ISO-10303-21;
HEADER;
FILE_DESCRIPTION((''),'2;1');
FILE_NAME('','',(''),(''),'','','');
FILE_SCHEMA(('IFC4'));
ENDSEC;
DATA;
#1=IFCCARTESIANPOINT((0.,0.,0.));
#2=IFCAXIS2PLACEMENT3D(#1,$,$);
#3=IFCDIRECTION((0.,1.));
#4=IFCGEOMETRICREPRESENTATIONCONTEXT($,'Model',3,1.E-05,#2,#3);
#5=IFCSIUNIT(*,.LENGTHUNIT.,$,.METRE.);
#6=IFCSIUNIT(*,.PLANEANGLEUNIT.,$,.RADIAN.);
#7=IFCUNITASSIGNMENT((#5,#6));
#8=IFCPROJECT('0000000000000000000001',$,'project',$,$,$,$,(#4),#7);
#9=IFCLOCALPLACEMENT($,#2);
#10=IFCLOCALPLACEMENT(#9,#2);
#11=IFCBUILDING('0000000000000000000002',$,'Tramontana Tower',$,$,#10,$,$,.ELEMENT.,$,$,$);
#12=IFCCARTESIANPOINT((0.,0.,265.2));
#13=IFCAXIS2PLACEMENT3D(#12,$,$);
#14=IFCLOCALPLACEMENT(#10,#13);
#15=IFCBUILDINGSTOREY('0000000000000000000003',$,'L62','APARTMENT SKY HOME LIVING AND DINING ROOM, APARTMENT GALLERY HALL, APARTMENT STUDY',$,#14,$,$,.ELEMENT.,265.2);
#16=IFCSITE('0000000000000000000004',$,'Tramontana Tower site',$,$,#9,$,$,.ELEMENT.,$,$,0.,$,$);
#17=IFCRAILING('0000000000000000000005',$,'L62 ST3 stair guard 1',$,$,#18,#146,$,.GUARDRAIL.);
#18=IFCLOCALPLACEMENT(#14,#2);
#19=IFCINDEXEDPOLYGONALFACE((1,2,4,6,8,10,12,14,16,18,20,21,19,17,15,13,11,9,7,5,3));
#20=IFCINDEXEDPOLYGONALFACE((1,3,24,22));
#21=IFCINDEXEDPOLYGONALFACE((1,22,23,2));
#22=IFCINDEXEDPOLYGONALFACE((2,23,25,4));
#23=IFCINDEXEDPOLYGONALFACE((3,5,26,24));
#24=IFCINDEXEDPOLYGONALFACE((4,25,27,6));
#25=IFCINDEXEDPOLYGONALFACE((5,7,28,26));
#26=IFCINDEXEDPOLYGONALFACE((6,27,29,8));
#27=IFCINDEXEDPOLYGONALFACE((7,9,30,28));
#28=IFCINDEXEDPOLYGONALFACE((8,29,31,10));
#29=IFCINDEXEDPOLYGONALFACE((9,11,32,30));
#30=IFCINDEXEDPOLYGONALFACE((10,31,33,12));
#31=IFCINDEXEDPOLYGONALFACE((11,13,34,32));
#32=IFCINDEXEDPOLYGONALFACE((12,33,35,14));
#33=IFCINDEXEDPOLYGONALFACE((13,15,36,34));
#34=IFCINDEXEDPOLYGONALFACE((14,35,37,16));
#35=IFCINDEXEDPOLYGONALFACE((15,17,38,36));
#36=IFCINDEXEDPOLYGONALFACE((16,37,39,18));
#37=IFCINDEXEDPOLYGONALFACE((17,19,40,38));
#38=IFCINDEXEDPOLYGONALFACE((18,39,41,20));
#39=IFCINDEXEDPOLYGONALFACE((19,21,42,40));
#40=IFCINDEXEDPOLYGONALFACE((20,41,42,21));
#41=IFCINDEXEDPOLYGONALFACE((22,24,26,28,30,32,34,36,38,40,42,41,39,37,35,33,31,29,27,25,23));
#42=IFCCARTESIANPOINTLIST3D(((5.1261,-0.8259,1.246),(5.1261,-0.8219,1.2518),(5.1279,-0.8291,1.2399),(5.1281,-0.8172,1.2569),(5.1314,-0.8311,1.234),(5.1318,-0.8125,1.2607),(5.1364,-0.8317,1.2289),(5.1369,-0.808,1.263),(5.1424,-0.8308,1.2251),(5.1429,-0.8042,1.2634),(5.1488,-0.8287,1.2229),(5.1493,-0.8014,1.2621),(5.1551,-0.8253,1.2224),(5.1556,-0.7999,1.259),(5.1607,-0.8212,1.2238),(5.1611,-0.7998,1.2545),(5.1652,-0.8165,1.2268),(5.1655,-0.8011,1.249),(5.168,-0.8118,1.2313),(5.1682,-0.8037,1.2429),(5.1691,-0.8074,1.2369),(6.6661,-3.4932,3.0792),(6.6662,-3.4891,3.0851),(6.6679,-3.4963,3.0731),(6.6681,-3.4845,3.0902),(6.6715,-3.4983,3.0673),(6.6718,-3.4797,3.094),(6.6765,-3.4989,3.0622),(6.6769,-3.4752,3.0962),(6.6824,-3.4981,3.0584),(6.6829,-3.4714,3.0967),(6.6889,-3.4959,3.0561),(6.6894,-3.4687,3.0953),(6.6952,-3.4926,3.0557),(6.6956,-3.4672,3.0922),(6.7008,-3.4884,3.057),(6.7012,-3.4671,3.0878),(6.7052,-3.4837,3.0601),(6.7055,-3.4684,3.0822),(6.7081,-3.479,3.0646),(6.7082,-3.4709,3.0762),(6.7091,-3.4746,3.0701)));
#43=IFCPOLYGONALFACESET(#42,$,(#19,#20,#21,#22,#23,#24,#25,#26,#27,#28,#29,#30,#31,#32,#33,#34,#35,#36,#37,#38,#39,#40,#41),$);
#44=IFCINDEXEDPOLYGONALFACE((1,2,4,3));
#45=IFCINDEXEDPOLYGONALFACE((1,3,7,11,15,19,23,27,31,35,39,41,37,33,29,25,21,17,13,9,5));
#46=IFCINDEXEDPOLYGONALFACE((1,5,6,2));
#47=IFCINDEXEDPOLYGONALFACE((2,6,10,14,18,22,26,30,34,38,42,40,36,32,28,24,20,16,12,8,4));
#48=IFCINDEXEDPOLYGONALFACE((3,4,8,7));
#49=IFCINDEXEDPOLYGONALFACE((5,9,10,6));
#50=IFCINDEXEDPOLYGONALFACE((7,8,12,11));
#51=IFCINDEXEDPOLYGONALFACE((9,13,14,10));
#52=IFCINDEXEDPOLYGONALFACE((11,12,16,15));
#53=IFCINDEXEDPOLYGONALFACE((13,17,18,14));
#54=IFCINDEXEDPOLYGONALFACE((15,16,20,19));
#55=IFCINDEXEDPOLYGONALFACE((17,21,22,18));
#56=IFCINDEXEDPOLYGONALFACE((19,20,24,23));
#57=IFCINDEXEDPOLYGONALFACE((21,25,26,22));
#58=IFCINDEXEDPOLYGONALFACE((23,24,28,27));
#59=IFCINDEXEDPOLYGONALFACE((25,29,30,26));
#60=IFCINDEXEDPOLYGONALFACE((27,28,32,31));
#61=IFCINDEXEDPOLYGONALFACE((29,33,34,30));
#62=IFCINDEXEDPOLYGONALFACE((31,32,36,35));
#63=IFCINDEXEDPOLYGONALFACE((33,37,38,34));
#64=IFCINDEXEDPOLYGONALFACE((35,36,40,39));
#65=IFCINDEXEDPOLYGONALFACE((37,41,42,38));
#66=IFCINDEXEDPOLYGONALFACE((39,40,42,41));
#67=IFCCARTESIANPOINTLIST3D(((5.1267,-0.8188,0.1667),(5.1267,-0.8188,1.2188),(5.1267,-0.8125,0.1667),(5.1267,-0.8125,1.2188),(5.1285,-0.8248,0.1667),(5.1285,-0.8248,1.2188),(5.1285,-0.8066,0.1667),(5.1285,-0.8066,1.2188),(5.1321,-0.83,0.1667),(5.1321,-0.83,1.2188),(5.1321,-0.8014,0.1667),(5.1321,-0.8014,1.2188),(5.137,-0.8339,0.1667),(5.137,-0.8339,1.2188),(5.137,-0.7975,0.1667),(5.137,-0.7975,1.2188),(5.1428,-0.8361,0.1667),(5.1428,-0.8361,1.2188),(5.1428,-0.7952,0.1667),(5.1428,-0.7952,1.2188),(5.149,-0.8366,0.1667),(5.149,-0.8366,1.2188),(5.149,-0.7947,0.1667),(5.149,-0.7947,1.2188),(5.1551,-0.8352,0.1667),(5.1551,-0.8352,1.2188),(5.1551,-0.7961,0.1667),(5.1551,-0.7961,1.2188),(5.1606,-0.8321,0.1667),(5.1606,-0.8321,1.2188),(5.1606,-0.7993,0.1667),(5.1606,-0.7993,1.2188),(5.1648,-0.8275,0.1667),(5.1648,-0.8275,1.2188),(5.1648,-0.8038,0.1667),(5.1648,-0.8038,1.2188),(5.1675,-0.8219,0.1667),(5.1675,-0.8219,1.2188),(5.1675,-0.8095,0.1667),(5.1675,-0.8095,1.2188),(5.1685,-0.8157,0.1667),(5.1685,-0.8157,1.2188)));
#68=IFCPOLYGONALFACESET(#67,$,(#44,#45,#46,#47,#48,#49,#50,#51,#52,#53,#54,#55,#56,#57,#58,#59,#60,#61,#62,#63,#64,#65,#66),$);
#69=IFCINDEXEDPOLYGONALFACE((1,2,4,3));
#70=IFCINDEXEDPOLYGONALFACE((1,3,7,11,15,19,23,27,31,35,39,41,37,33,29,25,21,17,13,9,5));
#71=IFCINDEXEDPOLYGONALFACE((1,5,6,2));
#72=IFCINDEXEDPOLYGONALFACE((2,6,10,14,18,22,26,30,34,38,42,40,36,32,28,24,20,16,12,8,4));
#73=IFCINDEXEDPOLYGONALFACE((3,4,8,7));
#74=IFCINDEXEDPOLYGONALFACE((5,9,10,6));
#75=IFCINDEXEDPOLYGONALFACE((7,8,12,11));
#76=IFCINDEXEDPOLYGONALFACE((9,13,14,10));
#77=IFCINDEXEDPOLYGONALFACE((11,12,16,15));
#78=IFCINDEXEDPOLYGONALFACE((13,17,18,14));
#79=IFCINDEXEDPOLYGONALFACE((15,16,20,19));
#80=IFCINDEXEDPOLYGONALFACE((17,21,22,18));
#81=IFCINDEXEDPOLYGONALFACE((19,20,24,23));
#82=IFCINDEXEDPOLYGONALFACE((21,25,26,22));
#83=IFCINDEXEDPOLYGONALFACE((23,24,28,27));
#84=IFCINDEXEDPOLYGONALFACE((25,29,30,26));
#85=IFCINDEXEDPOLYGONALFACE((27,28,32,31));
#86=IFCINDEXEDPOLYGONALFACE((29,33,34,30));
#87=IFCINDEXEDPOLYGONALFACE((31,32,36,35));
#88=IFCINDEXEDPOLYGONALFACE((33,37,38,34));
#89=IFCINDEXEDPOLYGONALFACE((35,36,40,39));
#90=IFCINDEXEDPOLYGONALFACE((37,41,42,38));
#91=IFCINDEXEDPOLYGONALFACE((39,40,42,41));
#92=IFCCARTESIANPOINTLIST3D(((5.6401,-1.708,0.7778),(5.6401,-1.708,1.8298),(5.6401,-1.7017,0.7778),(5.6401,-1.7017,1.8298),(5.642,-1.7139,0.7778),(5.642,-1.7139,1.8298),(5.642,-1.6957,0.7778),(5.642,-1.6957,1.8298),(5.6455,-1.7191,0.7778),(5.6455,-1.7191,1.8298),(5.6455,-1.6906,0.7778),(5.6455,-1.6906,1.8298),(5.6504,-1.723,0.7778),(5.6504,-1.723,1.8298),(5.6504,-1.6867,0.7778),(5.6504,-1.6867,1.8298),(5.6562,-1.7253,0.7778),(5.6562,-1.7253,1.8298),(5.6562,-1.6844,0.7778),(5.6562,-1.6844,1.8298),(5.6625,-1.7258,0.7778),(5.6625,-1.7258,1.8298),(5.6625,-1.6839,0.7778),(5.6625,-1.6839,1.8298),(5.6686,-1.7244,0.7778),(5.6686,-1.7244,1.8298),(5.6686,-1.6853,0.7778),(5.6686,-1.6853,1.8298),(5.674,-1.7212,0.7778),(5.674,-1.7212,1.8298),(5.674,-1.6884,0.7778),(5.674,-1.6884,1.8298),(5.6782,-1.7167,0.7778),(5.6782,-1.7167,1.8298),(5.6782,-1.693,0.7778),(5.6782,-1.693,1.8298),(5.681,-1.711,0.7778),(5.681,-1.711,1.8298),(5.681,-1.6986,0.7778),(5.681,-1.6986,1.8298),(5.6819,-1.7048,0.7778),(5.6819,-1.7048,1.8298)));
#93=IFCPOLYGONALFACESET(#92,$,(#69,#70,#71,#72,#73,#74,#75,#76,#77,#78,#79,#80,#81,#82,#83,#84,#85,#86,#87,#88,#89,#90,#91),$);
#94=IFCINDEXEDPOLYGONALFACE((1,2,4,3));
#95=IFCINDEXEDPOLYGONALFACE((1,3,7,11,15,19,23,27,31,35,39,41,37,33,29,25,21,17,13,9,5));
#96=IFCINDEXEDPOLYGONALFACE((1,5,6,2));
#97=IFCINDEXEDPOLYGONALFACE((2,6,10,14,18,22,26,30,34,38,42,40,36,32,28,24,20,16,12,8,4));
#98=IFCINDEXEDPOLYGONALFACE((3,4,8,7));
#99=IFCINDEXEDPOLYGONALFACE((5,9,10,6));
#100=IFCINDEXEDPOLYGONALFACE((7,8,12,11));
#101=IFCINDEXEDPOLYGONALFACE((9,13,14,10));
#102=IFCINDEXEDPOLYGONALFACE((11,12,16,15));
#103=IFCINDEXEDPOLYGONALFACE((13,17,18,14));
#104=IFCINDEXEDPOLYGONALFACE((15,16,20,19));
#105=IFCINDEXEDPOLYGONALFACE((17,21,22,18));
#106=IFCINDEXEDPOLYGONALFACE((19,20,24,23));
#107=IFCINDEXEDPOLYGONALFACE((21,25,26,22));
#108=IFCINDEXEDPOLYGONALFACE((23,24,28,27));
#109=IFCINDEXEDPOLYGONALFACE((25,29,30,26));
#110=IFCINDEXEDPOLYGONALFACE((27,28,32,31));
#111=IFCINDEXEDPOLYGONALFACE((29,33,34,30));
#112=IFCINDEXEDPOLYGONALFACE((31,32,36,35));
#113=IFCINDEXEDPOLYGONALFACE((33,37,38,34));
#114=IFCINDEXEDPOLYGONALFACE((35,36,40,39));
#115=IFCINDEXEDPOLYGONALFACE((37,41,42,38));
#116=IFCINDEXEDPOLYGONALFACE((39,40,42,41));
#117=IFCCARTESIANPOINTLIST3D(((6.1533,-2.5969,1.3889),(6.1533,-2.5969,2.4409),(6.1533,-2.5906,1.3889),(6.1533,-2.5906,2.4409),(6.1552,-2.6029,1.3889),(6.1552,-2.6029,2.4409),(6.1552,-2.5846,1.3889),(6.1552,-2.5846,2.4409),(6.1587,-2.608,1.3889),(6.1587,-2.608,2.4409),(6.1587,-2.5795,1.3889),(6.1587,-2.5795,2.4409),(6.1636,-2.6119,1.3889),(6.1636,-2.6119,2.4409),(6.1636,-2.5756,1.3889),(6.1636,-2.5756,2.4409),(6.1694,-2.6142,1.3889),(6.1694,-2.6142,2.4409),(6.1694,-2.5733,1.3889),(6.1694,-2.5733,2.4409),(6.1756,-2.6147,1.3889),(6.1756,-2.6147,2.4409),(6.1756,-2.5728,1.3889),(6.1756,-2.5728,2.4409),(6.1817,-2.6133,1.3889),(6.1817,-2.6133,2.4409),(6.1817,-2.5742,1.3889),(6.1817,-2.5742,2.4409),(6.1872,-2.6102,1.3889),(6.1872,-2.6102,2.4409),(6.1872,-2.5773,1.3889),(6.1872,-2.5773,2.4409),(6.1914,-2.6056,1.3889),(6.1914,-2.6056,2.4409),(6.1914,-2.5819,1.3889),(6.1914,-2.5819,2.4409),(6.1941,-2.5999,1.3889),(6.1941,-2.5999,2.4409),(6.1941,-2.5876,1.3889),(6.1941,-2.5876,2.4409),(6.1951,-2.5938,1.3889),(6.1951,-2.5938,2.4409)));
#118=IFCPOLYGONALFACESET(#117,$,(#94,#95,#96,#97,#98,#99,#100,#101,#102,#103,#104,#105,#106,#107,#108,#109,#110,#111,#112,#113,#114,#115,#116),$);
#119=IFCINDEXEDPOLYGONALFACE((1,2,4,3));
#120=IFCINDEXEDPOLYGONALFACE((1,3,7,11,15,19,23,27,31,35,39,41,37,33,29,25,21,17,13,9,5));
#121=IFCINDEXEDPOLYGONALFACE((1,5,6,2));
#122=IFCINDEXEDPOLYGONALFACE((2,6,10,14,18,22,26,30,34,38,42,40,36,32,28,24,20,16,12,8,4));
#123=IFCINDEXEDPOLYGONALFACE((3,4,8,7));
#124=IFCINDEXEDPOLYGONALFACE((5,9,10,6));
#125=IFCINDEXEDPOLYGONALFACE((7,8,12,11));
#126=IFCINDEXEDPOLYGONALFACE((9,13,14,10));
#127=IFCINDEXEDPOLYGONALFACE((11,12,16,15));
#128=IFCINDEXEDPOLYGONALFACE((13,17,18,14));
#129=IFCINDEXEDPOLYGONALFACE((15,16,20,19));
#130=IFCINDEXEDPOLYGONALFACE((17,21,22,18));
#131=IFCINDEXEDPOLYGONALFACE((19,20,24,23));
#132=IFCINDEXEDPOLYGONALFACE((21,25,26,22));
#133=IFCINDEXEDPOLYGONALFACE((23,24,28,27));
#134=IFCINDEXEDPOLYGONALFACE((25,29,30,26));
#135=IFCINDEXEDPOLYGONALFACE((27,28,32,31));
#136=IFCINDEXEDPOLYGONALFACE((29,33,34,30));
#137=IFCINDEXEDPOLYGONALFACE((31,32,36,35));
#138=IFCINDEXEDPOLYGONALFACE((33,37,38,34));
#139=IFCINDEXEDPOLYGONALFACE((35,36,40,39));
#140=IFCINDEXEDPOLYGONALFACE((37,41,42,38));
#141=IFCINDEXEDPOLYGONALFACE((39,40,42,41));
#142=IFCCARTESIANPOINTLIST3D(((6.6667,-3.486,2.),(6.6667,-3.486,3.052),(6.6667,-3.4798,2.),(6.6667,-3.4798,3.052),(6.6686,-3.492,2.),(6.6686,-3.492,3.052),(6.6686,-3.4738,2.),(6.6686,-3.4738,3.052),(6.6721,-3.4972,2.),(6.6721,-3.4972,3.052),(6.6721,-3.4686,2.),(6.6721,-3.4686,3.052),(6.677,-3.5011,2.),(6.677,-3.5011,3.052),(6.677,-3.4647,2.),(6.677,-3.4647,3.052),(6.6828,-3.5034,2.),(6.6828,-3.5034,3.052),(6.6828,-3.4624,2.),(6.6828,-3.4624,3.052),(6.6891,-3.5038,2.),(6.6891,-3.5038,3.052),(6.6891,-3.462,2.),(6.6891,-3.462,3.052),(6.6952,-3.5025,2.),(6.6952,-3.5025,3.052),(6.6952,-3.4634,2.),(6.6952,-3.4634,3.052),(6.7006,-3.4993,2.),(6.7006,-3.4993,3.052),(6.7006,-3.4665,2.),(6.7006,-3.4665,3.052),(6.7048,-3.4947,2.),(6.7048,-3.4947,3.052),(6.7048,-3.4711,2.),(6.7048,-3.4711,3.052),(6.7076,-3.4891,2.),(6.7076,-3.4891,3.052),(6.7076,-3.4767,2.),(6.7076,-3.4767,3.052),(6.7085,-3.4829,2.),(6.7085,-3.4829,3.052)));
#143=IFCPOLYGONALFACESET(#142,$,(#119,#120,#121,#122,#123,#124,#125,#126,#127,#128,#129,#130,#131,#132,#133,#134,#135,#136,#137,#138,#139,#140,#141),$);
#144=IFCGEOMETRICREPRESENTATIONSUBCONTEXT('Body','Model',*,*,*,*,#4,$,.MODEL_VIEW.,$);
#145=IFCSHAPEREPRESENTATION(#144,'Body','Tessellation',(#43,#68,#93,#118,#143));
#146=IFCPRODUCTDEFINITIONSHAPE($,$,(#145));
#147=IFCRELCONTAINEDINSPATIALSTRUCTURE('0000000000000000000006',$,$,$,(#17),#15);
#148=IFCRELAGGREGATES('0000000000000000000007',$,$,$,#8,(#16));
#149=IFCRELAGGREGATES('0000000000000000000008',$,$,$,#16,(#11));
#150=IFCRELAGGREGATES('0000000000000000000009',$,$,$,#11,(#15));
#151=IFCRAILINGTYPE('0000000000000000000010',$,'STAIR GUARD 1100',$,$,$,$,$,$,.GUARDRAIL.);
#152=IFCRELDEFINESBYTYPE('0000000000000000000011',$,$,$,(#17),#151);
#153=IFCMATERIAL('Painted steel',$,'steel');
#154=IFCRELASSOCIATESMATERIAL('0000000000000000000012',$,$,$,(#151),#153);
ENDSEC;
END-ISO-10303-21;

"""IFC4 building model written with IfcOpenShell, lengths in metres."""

from ifc_helpers import new_model, si_unit, direction, frame, origin, origin_2d, place, context, subcontext, project, spatial, circle, extrude, material, type_object, element, save


model = new_model("IFC4")

# Units and contexts
model_context = context("Model", 3, precision=1e-05, world=origin(), true_north=direction((0.0, 1.0)))
body_context = subcontext(model_context, "Body", "Model", "MODEL_VIEW")
ifc_project = project(units=[si_unit("LENGTHUNIT", "METRE"), si_unit("PLANEANGLEUNIT", "RADIAN")], contexts=[model_context])

# Site, building, storey
site_placement = place(None, origin())
site = spatial("IfcSite", under=ifc_project, at=site_placement, Name="Tramontana Tower site", CompositionType="ELEMENT", RefElevation=0.0)
building_placement = place(site_placement, origin())
building = spatial("IfcBuilding", under=site, at=building_placement, Name="Tramontana Tower", CompositionType="ELEMENT")
storey_placement = place(building_placement, frame((0.0, 0.0, 265.2)))
storey = spatial("IfcBuildingStorey", under=building, at=storey_placement, Name="L62", Description="APARTMENT SKY HOME LIVING AND DINING ROOM, APARTMENT GALLERY HALL, APARTMENT STUDY", CompositionType="ELEMENT", Elevation=265.2)

# Railing
ifc_material_1 = material(Name="Painted steel", Category="steel")
railing_type_1 = type_object("IfcRailingType", Name="STAIR GUARD 1100", PredefinedType="GUARDRAIL", material=ifc_material_1)
railing_1_placement = place(storey_placement, frame((5.1475, -0.8157, 0.1667)))
element("IfcRailing", 1, at=railing_1_placement, inside=storey, type_object=railing_type_1, Name="L62 ST3 stair guard 1", PredefinedType="GUARDRAIL", context=body_context, shape_type="SweptSolid", body=[
    extrude(circle(Radius=0.0239, at=origin_2d()), frame((0.0, 0.0, 1.0762), z_axis=(0.429671, -0.744159, 0.511478), x_axis=(0.86601, 0.500027, 0.0)), (0.0, 0.0, 1.0), 3.5842),
    extrude(circle(Radius=0.021, at=origin_2d()), origin(), (0.0, 0.0, 1.0), 1.052),
    extrude(circle(Radius=0.021, at=origin_2d()), frame((0.5134, -0.8892, 0.6111)), (0.0, 0.0, 1.0), 1.052),
    extrude(circle(Radius=0.021, at=origin_2d()), frame((1.0266, -1.7781, 1.2222)), (0.0, 0.0, 1.0), 1.052),
    extrude(circle(Radius=0.021, at=origin_2d()), frame((1.54, -2.6672, 1.8333)), (0.0, 0.0, 1.0), 1.052),
])

save(model, "model.ifc")
